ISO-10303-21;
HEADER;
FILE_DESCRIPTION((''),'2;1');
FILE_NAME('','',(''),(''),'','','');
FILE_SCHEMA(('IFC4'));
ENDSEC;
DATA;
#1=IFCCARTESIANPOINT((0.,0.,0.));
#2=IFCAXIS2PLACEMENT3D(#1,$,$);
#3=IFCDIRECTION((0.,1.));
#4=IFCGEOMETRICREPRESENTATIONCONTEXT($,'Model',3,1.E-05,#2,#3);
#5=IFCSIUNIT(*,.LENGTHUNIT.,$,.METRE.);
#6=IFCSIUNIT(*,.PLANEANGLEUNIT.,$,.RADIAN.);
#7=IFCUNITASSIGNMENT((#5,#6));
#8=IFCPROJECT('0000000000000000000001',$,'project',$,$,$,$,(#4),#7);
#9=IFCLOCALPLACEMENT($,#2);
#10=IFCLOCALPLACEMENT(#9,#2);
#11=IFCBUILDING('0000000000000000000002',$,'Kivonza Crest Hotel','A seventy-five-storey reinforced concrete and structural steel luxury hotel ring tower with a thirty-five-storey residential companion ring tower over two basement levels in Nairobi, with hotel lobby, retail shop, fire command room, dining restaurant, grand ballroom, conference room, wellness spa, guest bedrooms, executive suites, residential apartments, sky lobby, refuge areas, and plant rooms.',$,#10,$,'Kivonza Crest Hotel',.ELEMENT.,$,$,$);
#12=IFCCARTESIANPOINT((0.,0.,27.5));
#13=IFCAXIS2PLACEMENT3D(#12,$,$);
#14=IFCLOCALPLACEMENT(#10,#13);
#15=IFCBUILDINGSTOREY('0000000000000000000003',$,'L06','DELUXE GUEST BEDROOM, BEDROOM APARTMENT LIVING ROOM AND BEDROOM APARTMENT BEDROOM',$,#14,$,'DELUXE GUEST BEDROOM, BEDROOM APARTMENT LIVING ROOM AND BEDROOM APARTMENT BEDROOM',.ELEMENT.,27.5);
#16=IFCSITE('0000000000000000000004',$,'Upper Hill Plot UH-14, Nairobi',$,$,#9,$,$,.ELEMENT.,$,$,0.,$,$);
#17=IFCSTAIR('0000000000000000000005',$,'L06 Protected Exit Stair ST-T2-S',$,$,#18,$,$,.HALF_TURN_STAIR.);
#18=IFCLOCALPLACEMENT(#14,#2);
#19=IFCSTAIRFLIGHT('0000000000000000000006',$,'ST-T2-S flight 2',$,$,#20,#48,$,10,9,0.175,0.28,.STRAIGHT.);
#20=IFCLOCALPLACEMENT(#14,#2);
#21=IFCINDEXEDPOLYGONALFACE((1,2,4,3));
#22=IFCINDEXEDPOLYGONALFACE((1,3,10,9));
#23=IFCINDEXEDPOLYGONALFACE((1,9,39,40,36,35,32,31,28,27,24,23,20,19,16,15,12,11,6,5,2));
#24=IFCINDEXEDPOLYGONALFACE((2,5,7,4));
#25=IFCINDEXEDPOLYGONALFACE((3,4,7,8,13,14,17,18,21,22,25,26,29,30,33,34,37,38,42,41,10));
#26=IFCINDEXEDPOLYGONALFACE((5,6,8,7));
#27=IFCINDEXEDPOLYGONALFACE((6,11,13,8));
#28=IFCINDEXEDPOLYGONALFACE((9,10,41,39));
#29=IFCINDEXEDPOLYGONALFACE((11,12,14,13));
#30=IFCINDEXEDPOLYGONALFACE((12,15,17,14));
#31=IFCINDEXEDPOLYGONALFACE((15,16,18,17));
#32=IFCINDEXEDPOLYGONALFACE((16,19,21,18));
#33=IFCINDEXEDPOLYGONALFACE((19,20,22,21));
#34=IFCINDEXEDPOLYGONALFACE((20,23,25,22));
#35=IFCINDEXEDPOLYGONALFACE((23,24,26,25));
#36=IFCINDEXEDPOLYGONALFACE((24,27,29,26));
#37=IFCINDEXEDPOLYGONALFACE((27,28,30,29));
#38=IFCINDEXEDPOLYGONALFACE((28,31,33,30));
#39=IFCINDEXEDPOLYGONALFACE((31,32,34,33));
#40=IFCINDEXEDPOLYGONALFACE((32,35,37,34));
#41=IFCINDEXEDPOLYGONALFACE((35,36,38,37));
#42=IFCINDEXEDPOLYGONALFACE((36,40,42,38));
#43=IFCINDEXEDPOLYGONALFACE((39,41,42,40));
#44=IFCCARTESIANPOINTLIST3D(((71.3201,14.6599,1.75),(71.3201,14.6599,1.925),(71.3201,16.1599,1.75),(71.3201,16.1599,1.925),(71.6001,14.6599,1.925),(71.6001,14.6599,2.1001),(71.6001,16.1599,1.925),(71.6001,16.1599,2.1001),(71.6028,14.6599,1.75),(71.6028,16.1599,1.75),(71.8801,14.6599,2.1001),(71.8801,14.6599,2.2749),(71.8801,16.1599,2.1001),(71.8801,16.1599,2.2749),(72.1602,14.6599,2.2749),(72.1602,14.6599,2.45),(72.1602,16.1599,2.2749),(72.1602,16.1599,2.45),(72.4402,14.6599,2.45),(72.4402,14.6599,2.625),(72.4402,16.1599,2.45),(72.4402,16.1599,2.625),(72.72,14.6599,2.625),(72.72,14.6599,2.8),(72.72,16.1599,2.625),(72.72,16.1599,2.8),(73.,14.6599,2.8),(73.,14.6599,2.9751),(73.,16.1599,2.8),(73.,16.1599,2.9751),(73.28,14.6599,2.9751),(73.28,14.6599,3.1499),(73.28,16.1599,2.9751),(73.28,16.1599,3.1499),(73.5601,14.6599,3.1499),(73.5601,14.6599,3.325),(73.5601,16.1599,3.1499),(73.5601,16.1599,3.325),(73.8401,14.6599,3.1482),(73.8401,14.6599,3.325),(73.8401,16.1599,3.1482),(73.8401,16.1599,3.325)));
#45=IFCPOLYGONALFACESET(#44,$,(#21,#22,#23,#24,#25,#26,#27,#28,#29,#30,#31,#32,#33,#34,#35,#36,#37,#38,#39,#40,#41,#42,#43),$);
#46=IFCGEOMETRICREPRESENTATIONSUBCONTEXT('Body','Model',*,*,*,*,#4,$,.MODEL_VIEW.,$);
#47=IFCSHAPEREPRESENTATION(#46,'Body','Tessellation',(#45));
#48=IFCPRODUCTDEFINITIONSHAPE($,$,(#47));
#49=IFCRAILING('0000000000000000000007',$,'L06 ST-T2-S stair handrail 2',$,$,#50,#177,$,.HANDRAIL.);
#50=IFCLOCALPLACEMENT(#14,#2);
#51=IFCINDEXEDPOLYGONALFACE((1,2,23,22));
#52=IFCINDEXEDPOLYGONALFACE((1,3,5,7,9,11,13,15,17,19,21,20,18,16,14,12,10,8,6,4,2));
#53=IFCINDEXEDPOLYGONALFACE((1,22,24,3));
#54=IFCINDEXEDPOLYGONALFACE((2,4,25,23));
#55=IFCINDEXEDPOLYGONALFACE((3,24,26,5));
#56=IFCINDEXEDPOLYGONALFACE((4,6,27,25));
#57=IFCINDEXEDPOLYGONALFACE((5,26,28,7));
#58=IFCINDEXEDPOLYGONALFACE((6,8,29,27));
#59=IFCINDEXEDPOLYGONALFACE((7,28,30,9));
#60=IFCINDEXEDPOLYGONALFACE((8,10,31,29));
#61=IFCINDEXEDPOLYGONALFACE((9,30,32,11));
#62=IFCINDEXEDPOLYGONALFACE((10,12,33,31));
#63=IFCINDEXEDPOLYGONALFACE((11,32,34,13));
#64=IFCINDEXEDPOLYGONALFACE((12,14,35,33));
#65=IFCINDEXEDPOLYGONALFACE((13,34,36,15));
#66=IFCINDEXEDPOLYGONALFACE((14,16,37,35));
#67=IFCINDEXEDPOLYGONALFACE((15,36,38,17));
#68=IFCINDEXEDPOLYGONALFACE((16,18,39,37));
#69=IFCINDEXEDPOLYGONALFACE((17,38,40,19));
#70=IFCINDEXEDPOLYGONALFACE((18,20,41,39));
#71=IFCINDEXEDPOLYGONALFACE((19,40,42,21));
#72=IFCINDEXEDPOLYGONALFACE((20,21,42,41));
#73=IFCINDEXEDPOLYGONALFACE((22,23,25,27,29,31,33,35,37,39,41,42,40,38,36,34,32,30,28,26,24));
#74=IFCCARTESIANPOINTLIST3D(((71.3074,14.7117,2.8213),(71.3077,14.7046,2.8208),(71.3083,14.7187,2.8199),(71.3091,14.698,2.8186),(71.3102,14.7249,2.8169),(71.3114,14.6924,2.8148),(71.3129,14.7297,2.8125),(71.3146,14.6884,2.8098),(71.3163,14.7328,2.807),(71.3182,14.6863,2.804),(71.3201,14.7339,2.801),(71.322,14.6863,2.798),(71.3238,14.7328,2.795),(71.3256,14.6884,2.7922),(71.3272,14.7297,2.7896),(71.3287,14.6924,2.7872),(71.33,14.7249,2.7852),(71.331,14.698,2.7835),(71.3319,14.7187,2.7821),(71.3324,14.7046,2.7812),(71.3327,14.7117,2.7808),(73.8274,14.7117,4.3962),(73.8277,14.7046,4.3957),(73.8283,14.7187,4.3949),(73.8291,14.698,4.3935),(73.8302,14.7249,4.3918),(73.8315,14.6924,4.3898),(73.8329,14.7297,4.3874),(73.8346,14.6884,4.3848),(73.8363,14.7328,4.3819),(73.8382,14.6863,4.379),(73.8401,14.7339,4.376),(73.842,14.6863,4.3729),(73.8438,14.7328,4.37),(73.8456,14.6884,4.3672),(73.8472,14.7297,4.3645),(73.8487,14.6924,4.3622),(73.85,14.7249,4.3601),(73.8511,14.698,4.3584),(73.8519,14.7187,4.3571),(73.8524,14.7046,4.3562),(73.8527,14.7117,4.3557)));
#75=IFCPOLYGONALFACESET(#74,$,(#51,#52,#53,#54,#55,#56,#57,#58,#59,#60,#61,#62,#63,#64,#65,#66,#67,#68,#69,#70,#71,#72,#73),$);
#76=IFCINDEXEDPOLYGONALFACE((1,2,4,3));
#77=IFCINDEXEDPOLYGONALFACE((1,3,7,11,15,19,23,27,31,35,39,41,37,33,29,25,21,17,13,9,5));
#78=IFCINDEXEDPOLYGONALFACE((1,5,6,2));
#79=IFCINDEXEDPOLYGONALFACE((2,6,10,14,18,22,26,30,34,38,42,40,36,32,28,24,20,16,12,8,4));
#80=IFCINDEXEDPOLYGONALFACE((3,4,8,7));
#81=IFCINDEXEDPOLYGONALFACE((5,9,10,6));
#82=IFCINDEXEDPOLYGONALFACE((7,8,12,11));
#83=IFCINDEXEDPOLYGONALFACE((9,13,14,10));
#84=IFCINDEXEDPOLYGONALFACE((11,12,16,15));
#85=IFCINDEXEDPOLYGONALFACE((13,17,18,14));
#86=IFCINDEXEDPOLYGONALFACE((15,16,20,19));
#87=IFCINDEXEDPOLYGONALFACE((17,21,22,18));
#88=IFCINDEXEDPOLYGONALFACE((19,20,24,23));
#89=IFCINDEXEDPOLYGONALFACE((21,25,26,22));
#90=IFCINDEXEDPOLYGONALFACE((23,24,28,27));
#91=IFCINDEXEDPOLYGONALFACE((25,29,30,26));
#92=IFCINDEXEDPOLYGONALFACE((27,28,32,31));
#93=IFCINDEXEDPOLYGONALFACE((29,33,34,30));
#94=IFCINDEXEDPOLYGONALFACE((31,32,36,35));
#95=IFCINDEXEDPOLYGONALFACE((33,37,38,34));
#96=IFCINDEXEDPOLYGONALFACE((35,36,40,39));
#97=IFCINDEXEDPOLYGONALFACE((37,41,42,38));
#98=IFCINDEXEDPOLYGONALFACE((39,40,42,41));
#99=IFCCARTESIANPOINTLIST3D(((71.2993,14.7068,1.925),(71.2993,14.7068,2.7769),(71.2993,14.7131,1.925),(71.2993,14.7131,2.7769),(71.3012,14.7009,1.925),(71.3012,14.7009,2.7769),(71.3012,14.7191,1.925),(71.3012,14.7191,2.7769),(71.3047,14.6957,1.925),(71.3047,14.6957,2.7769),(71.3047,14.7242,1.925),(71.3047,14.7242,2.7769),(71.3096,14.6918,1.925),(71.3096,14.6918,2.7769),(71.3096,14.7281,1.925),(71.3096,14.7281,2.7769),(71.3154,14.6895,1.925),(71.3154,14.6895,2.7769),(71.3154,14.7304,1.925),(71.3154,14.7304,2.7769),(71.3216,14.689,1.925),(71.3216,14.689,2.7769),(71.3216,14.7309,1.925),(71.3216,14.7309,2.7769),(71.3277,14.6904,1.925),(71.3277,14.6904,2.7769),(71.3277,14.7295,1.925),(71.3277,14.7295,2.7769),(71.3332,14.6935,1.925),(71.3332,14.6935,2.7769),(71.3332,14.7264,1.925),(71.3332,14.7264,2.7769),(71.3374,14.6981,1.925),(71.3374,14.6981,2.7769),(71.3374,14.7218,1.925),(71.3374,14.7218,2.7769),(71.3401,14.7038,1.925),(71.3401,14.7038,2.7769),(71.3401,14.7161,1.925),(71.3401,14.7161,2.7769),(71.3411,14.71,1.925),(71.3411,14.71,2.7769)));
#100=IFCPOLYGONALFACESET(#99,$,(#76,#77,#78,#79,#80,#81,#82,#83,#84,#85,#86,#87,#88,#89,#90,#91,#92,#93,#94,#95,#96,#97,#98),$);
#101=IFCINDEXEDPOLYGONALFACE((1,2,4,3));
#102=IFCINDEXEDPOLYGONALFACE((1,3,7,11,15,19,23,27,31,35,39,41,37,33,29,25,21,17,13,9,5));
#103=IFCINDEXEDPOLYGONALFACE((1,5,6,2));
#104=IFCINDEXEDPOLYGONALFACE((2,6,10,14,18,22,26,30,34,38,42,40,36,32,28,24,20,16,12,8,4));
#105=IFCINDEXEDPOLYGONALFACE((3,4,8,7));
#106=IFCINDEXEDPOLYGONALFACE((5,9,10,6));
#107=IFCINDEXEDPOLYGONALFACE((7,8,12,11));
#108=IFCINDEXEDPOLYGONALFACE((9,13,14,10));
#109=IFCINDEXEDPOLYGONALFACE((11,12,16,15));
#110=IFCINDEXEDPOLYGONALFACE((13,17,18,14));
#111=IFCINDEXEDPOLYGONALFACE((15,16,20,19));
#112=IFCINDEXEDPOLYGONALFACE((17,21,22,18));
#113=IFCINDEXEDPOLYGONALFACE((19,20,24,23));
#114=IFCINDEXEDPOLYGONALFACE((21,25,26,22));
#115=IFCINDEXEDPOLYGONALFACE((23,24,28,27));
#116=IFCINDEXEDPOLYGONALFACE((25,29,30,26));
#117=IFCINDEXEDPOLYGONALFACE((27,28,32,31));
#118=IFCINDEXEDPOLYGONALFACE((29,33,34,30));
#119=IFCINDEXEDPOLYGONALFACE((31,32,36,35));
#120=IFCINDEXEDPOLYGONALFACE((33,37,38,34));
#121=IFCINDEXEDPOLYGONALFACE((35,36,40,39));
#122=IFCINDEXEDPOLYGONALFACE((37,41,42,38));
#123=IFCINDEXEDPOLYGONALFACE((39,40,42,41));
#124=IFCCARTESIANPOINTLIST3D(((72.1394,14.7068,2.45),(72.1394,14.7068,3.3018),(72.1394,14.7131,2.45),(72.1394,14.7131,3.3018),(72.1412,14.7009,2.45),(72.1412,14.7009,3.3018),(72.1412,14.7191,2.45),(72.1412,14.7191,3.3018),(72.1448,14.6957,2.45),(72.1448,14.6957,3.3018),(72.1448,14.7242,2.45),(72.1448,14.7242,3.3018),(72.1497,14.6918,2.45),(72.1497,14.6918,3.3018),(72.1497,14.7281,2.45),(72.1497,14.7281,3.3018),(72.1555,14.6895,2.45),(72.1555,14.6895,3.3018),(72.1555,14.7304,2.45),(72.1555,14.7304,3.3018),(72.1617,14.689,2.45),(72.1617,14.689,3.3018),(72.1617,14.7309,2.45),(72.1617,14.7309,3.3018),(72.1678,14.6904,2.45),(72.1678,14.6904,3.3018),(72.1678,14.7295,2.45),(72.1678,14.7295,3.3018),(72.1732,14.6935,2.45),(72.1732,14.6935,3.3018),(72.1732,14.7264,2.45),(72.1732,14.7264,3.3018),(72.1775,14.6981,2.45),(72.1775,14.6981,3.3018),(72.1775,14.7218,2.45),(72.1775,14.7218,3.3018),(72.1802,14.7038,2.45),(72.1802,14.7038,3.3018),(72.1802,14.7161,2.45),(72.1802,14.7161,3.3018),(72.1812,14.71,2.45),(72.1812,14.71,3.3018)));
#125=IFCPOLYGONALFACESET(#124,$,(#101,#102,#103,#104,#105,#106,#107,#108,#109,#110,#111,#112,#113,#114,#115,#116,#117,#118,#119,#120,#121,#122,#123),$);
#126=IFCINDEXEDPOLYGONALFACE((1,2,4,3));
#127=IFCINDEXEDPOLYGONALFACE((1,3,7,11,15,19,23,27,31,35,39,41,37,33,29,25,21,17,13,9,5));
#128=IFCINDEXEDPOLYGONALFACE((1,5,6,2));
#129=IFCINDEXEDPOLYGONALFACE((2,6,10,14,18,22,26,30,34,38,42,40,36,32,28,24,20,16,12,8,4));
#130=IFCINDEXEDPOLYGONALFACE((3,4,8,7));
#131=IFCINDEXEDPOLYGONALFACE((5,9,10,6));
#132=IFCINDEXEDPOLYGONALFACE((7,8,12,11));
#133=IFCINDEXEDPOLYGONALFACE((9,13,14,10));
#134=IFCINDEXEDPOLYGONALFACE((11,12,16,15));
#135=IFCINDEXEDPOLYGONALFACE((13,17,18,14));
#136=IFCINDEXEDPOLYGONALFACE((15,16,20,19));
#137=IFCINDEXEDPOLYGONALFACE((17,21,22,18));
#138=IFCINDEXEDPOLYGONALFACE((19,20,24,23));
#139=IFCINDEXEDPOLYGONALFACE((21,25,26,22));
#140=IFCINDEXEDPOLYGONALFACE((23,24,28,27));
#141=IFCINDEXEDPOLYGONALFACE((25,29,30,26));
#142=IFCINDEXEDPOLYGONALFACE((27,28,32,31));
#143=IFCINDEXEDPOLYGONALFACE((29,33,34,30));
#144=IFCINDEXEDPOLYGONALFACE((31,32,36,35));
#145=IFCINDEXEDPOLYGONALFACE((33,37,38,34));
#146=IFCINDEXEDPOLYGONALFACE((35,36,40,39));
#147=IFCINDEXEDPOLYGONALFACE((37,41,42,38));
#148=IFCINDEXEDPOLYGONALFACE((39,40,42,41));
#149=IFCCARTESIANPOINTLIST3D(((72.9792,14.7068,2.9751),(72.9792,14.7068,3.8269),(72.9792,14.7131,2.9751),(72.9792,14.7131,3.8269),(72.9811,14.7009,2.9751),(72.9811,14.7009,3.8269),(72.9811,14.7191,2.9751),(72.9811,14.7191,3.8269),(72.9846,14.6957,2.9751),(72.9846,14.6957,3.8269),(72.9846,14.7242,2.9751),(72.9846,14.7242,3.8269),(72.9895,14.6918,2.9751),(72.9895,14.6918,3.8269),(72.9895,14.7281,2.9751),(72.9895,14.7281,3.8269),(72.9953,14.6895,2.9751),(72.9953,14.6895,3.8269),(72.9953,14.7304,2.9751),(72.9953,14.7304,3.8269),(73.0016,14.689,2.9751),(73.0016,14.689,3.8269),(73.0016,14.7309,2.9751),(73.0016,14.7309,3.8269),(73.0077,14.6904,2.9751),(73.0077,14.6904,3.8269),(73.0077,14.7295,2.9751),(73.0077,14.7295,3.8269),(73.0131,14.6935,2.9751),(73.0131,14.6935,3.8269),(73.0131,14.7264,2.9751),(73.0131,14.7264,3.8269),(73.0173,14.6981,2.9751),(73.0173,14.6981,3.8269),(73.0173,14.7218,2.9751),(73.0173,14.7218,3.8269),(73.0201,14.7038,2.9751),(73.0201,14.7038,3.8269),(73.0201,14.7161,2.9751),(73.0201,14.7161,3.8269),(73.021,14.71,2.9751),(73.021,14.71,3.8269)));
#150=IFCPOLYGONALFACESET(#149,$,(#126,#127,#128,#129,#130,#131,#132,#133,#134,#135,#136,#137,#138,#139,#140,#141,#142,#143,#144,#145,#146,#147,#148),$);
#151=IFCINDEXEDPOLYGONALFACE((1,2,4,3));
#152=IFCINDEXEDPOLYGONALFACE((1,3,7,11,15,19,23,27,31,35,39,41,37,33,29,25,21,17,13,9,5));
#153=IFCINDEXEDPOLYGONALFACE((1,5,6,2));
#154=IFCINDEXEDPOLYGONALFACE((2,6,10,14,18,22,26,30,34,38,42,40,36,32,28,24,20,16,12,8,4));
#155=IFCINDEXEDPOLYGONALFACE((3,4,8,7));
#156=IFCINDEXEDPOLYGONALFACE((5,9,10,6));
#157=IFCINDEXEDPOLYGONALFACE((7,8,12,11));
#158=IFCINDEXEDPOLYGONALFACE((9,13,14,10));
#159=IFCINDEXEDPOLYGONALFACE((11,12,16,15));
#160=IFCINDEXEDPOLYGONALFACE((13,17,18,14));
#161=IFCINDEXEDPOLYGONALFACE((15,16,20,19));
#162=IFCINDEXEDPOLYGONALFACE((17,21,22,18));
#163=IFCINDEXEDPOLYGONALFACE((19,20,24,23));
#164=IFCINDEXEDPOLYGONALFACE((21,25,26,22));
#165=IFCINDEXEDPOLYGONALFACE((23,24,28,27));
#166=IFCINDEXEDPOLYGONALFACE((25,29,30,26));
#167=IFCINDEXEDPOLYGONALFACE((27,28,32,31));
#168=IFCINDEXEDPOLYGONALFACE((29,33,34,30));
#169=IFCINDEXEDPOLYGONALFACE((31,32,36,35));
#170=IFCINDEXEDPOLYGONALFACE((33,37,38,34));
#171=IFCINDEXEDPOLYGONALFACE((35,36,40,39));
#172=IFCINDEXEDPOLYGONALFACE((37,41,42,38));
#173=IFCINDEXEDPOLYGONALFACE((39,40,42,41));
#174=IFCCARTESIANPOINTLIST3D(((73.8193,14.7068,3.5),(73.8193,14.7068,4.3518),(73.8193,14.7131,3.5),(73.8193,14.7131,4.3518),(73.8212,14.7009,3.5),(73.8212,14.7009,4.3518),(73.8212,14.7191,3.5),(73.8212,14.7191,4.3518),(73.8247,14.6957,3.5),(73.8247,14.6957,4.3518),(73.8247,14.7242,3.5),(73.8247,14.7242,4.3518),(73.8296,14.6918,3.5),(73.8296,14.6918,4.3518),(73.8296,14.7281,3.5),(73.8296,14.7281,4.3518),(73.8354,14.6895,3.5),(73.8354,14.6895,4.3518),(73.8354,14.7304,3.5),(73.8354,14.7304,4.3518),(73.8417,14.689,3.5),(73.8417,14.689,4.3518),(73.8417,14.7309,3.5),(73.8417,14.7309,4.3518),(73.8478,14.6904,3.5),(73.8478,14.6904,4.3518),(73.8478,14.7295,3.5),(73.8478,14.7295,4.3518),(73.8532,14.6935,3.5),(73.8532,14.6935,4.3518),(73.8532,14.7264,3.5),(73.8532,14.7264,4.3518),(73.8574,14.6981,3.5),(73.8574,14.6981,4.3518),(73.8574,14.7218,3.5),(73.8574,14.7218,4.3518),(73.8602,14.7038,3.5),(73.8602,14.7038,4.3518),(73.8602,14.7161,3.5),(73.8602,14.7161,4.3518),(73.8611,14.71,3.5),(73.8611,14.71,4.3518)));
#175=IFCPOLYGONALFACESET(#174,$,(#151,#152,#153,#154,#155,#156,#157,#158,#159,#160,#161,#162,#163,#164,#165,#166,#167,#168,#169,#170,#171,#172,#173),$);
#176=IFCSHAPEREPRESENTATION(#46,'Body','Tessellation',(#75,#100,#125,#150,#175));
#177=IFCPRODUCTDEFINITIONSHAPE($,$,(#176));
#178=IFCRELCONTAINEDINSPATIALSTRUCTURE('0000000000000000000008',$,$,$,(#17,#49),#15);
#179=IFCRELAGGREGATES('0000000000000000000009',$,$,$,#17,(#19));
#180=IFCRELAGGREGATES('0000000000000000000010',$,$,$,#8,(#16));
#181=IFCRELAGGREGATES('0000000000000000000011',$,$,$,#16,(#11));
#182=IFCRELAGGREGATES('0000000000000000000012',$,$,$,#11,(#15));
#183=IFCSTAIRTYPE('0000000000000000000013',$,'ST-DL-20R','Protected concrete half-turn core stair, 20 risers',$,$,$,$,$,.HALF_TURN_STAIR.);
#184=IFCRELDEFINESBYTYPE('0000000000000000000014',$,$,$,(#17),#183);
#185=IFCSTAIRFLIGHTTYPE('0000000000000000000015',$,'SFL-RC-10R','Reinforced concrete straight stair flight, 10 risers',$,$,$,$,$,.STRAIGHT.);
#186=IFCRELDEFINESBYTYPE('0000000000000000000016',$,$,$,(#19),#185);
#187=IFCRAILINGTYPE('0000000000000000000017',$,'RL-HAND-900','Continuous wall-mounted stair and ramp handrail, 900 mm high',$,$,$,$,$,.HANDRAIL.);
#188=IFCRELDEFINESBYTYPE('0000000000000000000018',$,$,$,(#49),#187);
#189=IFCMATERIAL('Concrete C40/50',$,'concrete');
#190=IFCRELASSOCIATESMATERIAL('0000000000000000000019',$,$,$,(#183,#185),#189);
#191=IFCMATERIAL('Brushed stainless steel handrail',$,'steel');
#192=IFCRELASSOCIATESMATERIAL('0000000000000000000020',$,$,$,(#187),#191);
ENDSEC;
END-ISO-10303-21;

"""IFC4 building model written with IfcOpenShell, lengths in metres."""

from ifc_helpers import new_model, si_unit, direction, frame, origin, origin_2d, place, context, subcontext, project, spatial, polyline, circle, outline, extrude, material, type_object, element, aggregate, save


model = new_model("IFC4")

# Units and contexts
model_context = context("Model", 3, precision=1e-05, world=origin(), true_north=direction((0.0, 1.0)))
body_context = subcontext(model_context, "Body", "Model", "MODEL_VIEW")
ifc_project = project(units=[si_unit("LENGTHUNIT", "METRE"), si_unit("PLANEANGLEUNIT", "RADIAN")], contexts=[model_context])

# Site, building, storey
site_placement = place(None, origin())
site = spatial("IfcSite", under=ifc_project, at=site_placement, Name="Upper Hill Plot UH-14, Nairobi", CompositionType="ELEMENT", RefElevation=0.0)
building_placement = place(site_placement, origin())
building = spatial("IfcBuilding", under=site, at=building_placement, Name="Kivonza Crest Hotel", Description="A seventy-five-storey reinforced concrete and structural steel luxury hotel ring tower with a thirty-five-storey residential companion ring tower over two basement levels in Nairobi, with hotel lobby, retail shop, fire command room, dining restaurant, grand ballroom, conference room, wellness spa, guest bedrooms, executive suites, residential apartments, sky lobby, refuge areas, and plant rooms.", LongName="Kivonza Crest Hotel", CompositionType="ELEMENT")
storey_placement = place(building_placement, frame((0.0, 0.0, 27.5)))
storey = spatial("IfcBuildingStorey", under=building, at=storey_placement, Name="L06", Description="DELUXE GUEST BEDROOM, BEDROOM APARTMENT LIVING ROOM AND BEDROOM APARTMENT BEDROOM", LongName="DELUXE GUEST BEDROOM, BEDROOM APARTMENT LIVING ROOM AND BEDROOM APARTMENT BEDROOM", CompositionType="ELEMENT", Elevation=27.5)

# Stair, stair flight
ifc_material_1 = material(Name="Concrete C40/50", Category="concrete")
stair_type = type_object("IfcStairType", Name="ST-DL-20R", Description="Protected concrete half-turn core stair, 20 risers", PredefinedType="HALF_TURN_STAIR", material=ifc_material_1)
stair_placement = place(storey_placement, origin())
stair = element("IfcStair", 1, at=stair_placement, inside=storey, type_object=stair_type, Name="L06 Protected Exit Stair ST-T2-S", PredefinedType="HALF_TURN_STAIR")
stair_flight_type = type_object("IfcStairFlightType", Name="SFL-RC-10R", Description="Reinforced concrete straight stair flight, 10 risers", PredefinedType="STRAIGHT", material=ifc_material_1)
stair_flight_placement = place(storey_placement, frame((71.3201, 15.4099, 1.75), z_axis=(0.0, 0.0, 1.0), x_axis=(1.0, 0.0, 0.0)))
stair_flight = element("IfcStairFlight", 2, at=stair_flight_placement, type_object=stair_flight_type, Name="ST-T2-S flight 2", NumberOfRisers=10, NumberOfTreads=9, PredefinedType="STRAIGHT", RiserHeight=0.175, TreadLength=0.28, context=body_context, shape_type="SweptSolid", body=[
    extrude(outline(polyline([(0.0, 0.0), (0.0, 0.175), (0.28, 0.175), (0.28, 0.3501), (0.5601, 0.3501), (0.5601, 0.5249), (0.8401, 0.5249), (0.8401, 0.7), (1.1201, 0.7), (1.1201, 0.875), (1.3999, 0.875), (1.3999, 1.05), (1.6799, 1.05), (1.6799, 1.2251), (1.96, 1.2251), (1.96, 1.3999), (2.24, 1.3999), (2.24, 1.575), (2.52, 1.575), (2.52, 1.75), (2.52, 1.3982), (0.2827, 0.0), (0.0, 0.0)])), frame((0.0, 0.75, 0.0), z_axis=(0.0, -1.0, 0.0), x_axis=(1.0, 0.0, 0.0)), (0.0, 0.0, 1.0), 1.5),
])
aggregate(stair, [stair_flight])

# Railing
ifc_material_2 = material(Name="Brushed stainless steel handrail", Category="steel")
railing_type_1 = type_object("IfcRailingType", Name="RL-HAND-900", Description="Continuous wall-mounted stair and ramp handrail, 900 mm high", PredefinedType="HANDRAIL", material=ifc_material_2)
railing_1_placement = place(storey_placement, frame((71.3201, 14.71, 1.925)))
element("IfcRailing", 3, at=railing_1_placement, inside=storey, type_object=railing_type_1, Name="L06 ST-T2-S stair handrail 2", PredefinedType="HANDRAIL", context=body_context, shape_type="SweptSolid", body=[
    extrude(circle(Radius=0.0239, at=origin_2d()), frame((0.0, 0.0, 0.876), z_axis=(0.848008, 0.0, 0.529984), x_axis=(0.0, 1.0, 0.0)), (0.0, 0.0, 1.0), 2.9717),
    extrude(circle(Radius=0.021, at=origin_2d()), origin(), (0.0, 0.0, 1.0), 0.8518),
    extrude(circle(Radius=0.021, at=origin_2d()), frame((0.8401, 0.0, 0.5249)), (0.0, 0.0, 1.0), 0.8518),
    extrude(circle(Radius=0.021, at=origin_2d()), frame((1.6799, 0.0, 1.05)), (0.0, 0.0, 1.0), 0.8518),
    extrude(circle(Radius=0.021, at=origin_2d()), frame((2.52, 0.0, 1.575)), (0.0, 0.0, 1.0), 0.8518),
])

save(model, "model.ifc")
